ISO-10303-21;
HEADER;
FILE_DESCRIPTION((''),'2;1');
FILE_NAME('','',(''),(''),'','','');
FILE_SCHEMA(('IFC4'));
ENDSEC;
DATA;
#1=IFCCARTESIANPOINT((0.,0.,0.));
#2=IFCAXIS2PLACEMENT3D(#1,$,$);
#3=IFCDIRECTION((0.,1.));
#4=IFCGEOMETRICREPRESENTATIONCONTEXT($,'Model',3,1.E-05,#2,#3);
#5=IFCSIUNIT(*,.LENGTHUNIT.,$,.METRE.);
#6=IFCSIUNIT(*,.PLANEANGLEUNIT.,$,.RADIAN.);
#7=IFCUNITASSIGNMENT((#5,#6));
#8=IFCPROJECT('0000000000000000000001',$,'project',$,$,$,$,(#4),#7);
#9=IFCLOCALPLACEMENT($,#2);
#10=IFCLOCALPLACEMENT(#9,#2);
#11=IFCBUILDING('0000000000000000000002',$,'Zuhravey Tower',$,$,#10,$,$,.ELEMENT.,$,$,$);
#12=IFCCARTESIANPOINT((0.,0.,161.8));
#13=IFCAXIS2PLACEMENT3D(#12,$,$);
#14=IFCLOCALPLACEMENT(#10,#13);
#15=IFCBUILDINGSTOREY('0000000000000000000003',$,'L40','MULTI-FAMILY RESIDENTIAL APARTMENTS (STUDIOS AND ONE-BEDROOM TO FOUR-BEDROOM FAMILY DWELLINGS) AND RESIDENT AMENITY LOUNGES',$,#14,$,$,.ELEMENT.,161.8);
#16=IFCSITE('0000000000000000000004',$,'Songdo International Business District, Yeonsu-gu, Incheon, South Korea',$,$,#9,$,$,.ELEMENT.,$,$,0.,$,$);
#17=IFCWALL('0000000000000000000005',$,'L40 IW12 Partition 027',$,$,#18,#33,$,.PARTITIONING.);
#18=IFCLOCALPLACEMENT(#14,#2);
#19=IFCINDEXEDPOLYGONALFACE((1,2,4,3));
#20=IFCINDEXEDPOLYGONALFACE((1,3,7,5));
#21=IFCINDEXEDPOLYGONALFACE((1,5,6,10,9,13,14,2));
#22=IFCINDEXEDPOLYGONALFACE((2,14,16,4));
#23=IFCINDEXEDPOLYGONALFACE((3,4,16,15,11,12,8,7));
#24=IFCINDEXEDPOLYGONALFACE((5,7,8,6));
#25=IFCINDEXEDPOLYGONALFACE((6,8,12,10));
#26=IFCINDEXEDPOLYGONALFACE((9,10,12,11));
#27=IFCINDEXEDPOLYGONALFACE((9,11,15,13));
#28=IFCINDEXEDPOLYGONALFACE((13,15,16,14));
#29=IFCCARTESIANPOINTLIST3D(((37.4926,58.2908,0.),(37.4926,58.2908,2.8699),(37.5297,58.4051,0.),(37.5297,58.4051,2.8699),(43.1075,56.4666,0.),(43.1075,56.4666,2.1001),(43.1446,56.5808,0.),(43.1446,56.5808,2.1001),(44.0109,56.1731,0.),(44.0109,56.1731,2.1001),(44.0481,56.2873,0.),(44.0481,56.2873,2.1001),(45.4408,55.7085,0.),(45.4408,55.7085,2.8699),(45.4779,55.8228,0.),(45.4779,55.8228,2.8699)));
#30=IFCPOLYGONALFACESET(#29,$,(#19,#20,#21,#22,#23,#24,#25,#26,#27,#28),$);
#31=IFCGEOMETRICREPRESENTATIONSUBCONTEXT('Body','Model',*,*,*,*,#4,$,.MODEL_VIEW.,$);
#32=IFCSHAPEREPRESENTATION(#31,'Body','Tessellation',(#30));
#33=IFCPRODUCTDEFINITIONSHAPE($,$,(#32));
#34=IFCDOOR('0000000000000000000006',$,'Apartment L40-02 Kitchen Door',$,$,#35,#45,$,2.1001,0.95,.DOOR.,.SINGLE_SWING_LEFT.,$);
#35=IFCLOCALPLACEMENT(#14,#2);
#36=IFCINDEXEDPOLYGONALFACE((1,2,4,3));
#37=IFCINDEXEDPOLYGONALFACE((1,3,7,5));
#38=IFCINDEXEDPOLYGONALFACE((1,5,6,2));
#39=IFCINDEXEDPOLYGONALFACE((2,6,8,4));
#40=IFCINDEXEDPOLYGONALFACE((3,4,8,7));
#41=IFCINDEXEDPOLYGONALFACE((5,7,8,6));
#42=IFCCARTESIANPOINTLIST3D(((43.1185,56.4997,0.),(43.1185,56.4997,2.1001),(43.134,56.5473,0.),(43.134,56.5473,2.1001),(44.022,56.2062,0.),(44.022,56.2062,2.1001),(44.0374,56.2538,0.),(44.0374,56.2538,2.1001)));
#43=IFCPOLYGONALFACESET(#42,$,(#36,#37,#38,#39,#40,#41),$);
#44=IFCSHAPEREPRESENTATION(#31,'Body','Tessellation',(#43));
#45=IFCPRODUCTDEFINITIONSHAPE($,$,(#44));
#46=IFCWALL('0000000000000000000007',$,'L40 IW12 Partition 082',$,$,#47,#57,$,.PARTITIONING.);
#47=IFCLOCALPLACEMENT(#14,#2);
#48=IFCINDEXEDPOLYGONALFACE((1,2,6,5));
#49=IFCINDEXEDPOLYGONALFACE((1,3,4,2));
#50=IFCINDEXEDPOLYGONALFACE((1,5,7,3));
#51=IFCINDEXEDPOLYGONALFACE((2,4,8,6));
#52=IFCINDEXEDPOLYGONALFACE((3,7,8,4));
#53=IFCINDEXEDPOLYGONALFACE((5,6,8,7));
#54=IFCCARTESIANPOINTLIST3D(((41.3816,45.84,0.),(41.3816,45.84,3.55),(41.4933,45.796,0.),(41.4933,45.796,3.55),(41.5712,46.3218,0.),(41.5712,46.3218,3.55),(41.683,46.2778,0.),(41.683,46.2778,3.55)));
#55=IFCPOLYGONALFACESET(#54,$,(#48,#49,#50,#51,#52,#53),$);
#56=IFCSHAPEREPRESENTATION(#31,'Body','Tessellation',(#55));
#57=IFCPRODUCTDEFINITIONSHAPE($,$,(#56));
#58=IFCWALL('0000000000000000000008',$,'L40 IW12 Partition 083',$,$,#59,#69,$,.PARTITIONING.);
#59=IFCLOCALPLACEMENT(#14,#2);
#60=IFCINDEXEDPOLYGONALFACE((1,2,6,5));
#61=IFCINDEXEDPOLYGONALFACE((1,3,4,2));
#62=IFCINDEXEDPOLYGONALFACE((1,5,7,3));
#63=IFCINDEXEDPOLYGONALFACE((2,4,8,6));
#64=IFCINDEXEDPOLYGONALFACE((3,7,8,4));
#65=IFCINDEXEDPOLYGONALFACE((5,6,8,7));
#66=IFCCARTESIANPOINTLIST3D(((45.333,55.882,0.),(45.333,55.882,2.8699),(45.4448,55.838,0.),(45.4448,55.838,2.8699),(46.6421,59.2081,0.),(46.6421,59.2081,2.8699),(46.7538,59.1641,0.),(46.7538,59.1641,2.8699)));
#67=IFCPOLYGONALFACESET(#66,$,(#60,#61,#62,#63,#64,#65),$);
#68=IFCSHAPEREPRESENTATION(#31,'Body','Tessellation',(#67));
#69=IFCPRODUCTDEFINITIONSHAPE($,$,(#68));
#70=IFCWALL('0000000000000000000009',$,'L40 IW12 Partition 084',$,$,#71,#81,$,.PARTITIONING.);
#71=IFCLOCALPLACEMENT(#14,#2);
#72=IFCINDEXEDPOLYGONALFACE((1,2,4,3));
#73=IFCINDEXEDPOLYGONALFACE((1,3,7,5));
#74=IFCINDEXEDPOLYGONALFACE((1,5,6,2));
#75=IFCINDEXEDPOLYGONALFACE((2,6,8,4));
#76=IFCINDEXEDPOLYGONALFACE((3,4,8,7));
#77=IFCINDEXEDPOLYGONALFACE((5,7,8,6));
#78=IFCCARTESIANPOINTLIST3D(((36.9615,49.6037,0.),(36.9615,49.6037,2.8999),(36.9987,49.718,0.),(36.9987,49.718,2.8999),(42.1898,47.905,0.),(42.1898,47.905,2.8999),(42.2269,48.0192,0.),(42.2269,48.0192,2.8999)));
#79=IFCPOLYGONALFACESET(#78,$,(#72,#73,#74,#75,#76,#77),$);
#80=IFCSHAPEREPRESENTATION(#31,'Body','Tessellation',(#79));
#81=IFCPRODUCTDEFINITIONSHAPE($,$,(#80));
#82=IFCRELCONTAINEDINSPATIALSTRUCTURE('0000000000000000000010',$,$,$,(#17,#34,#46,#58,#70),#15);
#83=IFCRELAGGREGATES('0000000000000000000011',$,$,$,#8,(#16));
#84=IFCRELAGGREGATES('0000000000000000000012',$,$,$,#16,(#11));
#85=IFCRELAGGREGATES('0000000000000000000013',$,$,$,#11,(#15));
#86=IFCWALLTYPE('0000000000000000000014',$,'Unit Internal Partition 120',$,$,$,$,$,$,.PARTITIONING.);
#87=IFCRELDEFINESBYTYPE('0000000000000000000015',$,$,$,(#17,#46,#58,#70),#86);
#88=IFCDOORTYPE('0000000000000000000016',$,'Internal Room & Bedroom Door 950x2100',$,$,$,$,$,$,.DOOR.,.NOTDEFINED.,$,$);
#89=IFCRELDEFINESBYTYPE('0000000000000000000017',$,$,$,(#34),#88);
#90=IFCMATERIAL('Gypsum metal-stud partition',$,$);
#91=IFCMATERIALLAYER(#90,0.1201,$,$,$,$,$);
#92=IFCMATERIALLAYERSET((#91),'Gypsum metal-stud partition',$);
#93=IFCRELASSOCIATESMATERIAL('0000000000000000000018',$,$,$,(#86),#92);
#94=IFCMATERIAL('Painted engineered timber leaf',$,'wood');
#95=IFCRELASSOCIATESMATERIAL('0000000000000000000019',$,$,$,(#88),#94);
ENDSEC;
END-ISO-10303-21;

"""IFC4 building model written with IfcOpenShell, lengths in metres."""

from ifc_helpers import new_model, si_unit, direction, frame, frame_2d, origin, place, context, subcontext, project, spatial, rectangle, extrude, material, layer, layer_set, type_object, element, fill, save


model = new_model("IFC4")

# Units and contexts
model_context = context("Model", 3, precision=1e-05, world=origin(), true_north=direction((0.0, 1.0)))
body_context = subcontext(model_context, "Body", "Model", "MODEL_VIEW")
ifc_project = project(units=[si_unit("LENGTHUNIT", "METRE"), si_unit("PLANEANGLEUNIT", "RADIAN")], contexts=[model_context])

# Site, building, storey
site_placement = place(None, origin())
site = spatial("IfcSite", under=ifc_project, at=site_placement, Name="Songdo International Business District, Yeonsu-gu, Incheon, South Korea", CompositionType="ELEMENT", RefElevation=0.0)
building_placement = place(site_placement, origin())
building = spatial("IfcBuilding", under=site, at=building_placement, Name="Zuhravey Tower", CompositionType="ELEMENT")
storey_placement = place(building_placement, frame((0.0, 0.0, 161.8)))
storey = spatial("IfcBuildingStorey", under=building, at=storey_placement, Name="L40", Description="MULTI-FAMILY RESIDENTIAL APARTMENTS (STUDIOS AND ONE-BEDROOM TO FOUR-BEDROOM FAMILY DWELLINGS) AND RESIDENT AMENITY LOUNGES", CompositionType="ELEMENT", Elevation=161.8)

# Wall, opening, door
ifc_material_1 = material(Name="Gypsum metal-stud partition")
ifc_layer_1 = layer(ifc_material_1, 0.1201)
ifc_layer_set_1 = layer_set([ifc_layer_1], Name="Gypsum metal-stud partition")
wall_type_1 = type_object("IfcWallType", Name="Unit Internal Partition 120", PredefinedType="PARTITIONING", material=ifc_layer_set_1)
ifc_material_2 = material(Name="Painted engineered timber leaf", Category="wood")
door_type_1 = type_object("IfcDoorType", Name="Internal Room & Bedroom Door 950x2100", OperationType="NOTDEFINED", PredefinedType="DOOR", material=ifc_material_2)
wall_1_placement = place(storey_placement, frame((45.4595, 55.7656, 0.0), z_axis=(0.0, 0.0, 1.0), x_axis=(-0.951066, 0.308988, 0.0)))
wall_1 = element("IfcWall", 1, at=wall_1_placement, inside=storey, type_object=wall_type_1, Name="L40 IW12 Partition 027", PredefinedType="PARTITIONING", context=body_context, shape_type="SweptSolid", body=[
    extrude(rectangle(XDim=8.3572, YDim=0.1201, at=frame_2d((4.1787, 0.0))), origin(), (0.0, 0.0, 1.0), 2.8699),
])
opening_1_placement = place(wall_1_placement, frame((1.5034, 0.0, 0.0)))
opening_1 = element("IfcOpeningElement", 2, at=opening_1_placement, cuts=wall_1, PredefinedType="OPENING", context=body_context, shape_type="SweptSolid", body=[
    extrude(rectangle(XDim=0.95, YDim=2.1001, at=frame_2d((0.4751, 1.05))), frame((0.0, 0.072, 0.0), z_axis=(0.0, -1.0, 0.0), x_axis=(1.0, 0.0, 0.0)), (0.0, 0.0, 1.0), 0.144),
])
door_1_placement = place(opening_1_placement, frame((0.95, 0.0, 0.0), z_axis=(0.0, 0.0, 1.0), x_axis=(-1.0, 0.0, 0.0)))
door_1 = element("IfcDoor", 3, at=door_1_placement, inside=storey, type_object=door_type_1, Name="Apartment L40-02 Kitchen Door", OperationType="SINGLE_SWING_LEFT", OverallHeight=2.1001, OverallWidth=0.95, PredefinedType="DOOR", context=body_context, shape_type="SweptSolid", body=[
    extrude(rectangle(XDim=0.95, YDim=2.1001, at=frame_2d((0.4751, 1.05))), frame((0.0, 0.0249, 0.0), z_axis=(0.0, -1.0, 0.0), x_axis=(1.0, 0.0, 0.0)), (0.0, 0.0, 1.0), 0.05),
])
fill(opening_1, door_1)

# Walls
wall_2_placement = place(storey_placement, frame((41.4375, 45.8181, 0.0), z_axis=(0.0, 0.0, 1.0), x_axis=(0.366265, 0.930511, 0.0)))
element("IfcWall", 4, at=wall_2_placement, inside=storey, type_object=wall_type_1, Name="L40 IW12 Partition 082", PredefinedType="PARTITIONING", context=body_context, shape_type="SweptSolid", body=[
    extrude(rectangle(XDim=0.5178, YDim=0.1201, at=frame_2d((0.2588, 0.0))), origin(), (0.0, 0.0, 1.0), 3.55),
])
wall_3_placement = place(storey_placement, frame((45.3889, 55.8601, 0.0), z_axis=(0.0, 0.0, 1.0), x_axis=(0.366227, 0.930526, 0.0)))
element("IfcWall", 5, at=wall_3_placement, inside=storey, type_object=wall_type_1, Name="L40 IW12 Partition 083", PredefinedType="PARTITIONING", context=body_context, shape_type="SweptSolid", body=[
    extrude(rectangle(XDim=3.5745, YDim=0.1201, at=frame_2d((1.7871, 0.0))), origin(), (0.0, 0.0, 1.0), 2.8699),
])
wall_4_placement = place(storey_placement, frame((42.2083, 47.9622, 0.0), z_axis=(0.0, 0.0, 1.0), x_axis=(-0.951059, 0.309011, 0.0)))
element("IfcWall", 6, at=wall_4_placement, inside=storey, type_object=wall_type_1, Name="L40 IW12 Partition 084", PredefinedType="PARTITIONING", context=body_context, shape_type="SweptSolid", body=[
    extrude(rectangle(XDim=5.4973, YDim=0.1201, at=frame_2d((2.7485, 0.0))), origin(), (0.0, 0.0, 1.0), 2.8999),
])

save(model, "model.ifc")
